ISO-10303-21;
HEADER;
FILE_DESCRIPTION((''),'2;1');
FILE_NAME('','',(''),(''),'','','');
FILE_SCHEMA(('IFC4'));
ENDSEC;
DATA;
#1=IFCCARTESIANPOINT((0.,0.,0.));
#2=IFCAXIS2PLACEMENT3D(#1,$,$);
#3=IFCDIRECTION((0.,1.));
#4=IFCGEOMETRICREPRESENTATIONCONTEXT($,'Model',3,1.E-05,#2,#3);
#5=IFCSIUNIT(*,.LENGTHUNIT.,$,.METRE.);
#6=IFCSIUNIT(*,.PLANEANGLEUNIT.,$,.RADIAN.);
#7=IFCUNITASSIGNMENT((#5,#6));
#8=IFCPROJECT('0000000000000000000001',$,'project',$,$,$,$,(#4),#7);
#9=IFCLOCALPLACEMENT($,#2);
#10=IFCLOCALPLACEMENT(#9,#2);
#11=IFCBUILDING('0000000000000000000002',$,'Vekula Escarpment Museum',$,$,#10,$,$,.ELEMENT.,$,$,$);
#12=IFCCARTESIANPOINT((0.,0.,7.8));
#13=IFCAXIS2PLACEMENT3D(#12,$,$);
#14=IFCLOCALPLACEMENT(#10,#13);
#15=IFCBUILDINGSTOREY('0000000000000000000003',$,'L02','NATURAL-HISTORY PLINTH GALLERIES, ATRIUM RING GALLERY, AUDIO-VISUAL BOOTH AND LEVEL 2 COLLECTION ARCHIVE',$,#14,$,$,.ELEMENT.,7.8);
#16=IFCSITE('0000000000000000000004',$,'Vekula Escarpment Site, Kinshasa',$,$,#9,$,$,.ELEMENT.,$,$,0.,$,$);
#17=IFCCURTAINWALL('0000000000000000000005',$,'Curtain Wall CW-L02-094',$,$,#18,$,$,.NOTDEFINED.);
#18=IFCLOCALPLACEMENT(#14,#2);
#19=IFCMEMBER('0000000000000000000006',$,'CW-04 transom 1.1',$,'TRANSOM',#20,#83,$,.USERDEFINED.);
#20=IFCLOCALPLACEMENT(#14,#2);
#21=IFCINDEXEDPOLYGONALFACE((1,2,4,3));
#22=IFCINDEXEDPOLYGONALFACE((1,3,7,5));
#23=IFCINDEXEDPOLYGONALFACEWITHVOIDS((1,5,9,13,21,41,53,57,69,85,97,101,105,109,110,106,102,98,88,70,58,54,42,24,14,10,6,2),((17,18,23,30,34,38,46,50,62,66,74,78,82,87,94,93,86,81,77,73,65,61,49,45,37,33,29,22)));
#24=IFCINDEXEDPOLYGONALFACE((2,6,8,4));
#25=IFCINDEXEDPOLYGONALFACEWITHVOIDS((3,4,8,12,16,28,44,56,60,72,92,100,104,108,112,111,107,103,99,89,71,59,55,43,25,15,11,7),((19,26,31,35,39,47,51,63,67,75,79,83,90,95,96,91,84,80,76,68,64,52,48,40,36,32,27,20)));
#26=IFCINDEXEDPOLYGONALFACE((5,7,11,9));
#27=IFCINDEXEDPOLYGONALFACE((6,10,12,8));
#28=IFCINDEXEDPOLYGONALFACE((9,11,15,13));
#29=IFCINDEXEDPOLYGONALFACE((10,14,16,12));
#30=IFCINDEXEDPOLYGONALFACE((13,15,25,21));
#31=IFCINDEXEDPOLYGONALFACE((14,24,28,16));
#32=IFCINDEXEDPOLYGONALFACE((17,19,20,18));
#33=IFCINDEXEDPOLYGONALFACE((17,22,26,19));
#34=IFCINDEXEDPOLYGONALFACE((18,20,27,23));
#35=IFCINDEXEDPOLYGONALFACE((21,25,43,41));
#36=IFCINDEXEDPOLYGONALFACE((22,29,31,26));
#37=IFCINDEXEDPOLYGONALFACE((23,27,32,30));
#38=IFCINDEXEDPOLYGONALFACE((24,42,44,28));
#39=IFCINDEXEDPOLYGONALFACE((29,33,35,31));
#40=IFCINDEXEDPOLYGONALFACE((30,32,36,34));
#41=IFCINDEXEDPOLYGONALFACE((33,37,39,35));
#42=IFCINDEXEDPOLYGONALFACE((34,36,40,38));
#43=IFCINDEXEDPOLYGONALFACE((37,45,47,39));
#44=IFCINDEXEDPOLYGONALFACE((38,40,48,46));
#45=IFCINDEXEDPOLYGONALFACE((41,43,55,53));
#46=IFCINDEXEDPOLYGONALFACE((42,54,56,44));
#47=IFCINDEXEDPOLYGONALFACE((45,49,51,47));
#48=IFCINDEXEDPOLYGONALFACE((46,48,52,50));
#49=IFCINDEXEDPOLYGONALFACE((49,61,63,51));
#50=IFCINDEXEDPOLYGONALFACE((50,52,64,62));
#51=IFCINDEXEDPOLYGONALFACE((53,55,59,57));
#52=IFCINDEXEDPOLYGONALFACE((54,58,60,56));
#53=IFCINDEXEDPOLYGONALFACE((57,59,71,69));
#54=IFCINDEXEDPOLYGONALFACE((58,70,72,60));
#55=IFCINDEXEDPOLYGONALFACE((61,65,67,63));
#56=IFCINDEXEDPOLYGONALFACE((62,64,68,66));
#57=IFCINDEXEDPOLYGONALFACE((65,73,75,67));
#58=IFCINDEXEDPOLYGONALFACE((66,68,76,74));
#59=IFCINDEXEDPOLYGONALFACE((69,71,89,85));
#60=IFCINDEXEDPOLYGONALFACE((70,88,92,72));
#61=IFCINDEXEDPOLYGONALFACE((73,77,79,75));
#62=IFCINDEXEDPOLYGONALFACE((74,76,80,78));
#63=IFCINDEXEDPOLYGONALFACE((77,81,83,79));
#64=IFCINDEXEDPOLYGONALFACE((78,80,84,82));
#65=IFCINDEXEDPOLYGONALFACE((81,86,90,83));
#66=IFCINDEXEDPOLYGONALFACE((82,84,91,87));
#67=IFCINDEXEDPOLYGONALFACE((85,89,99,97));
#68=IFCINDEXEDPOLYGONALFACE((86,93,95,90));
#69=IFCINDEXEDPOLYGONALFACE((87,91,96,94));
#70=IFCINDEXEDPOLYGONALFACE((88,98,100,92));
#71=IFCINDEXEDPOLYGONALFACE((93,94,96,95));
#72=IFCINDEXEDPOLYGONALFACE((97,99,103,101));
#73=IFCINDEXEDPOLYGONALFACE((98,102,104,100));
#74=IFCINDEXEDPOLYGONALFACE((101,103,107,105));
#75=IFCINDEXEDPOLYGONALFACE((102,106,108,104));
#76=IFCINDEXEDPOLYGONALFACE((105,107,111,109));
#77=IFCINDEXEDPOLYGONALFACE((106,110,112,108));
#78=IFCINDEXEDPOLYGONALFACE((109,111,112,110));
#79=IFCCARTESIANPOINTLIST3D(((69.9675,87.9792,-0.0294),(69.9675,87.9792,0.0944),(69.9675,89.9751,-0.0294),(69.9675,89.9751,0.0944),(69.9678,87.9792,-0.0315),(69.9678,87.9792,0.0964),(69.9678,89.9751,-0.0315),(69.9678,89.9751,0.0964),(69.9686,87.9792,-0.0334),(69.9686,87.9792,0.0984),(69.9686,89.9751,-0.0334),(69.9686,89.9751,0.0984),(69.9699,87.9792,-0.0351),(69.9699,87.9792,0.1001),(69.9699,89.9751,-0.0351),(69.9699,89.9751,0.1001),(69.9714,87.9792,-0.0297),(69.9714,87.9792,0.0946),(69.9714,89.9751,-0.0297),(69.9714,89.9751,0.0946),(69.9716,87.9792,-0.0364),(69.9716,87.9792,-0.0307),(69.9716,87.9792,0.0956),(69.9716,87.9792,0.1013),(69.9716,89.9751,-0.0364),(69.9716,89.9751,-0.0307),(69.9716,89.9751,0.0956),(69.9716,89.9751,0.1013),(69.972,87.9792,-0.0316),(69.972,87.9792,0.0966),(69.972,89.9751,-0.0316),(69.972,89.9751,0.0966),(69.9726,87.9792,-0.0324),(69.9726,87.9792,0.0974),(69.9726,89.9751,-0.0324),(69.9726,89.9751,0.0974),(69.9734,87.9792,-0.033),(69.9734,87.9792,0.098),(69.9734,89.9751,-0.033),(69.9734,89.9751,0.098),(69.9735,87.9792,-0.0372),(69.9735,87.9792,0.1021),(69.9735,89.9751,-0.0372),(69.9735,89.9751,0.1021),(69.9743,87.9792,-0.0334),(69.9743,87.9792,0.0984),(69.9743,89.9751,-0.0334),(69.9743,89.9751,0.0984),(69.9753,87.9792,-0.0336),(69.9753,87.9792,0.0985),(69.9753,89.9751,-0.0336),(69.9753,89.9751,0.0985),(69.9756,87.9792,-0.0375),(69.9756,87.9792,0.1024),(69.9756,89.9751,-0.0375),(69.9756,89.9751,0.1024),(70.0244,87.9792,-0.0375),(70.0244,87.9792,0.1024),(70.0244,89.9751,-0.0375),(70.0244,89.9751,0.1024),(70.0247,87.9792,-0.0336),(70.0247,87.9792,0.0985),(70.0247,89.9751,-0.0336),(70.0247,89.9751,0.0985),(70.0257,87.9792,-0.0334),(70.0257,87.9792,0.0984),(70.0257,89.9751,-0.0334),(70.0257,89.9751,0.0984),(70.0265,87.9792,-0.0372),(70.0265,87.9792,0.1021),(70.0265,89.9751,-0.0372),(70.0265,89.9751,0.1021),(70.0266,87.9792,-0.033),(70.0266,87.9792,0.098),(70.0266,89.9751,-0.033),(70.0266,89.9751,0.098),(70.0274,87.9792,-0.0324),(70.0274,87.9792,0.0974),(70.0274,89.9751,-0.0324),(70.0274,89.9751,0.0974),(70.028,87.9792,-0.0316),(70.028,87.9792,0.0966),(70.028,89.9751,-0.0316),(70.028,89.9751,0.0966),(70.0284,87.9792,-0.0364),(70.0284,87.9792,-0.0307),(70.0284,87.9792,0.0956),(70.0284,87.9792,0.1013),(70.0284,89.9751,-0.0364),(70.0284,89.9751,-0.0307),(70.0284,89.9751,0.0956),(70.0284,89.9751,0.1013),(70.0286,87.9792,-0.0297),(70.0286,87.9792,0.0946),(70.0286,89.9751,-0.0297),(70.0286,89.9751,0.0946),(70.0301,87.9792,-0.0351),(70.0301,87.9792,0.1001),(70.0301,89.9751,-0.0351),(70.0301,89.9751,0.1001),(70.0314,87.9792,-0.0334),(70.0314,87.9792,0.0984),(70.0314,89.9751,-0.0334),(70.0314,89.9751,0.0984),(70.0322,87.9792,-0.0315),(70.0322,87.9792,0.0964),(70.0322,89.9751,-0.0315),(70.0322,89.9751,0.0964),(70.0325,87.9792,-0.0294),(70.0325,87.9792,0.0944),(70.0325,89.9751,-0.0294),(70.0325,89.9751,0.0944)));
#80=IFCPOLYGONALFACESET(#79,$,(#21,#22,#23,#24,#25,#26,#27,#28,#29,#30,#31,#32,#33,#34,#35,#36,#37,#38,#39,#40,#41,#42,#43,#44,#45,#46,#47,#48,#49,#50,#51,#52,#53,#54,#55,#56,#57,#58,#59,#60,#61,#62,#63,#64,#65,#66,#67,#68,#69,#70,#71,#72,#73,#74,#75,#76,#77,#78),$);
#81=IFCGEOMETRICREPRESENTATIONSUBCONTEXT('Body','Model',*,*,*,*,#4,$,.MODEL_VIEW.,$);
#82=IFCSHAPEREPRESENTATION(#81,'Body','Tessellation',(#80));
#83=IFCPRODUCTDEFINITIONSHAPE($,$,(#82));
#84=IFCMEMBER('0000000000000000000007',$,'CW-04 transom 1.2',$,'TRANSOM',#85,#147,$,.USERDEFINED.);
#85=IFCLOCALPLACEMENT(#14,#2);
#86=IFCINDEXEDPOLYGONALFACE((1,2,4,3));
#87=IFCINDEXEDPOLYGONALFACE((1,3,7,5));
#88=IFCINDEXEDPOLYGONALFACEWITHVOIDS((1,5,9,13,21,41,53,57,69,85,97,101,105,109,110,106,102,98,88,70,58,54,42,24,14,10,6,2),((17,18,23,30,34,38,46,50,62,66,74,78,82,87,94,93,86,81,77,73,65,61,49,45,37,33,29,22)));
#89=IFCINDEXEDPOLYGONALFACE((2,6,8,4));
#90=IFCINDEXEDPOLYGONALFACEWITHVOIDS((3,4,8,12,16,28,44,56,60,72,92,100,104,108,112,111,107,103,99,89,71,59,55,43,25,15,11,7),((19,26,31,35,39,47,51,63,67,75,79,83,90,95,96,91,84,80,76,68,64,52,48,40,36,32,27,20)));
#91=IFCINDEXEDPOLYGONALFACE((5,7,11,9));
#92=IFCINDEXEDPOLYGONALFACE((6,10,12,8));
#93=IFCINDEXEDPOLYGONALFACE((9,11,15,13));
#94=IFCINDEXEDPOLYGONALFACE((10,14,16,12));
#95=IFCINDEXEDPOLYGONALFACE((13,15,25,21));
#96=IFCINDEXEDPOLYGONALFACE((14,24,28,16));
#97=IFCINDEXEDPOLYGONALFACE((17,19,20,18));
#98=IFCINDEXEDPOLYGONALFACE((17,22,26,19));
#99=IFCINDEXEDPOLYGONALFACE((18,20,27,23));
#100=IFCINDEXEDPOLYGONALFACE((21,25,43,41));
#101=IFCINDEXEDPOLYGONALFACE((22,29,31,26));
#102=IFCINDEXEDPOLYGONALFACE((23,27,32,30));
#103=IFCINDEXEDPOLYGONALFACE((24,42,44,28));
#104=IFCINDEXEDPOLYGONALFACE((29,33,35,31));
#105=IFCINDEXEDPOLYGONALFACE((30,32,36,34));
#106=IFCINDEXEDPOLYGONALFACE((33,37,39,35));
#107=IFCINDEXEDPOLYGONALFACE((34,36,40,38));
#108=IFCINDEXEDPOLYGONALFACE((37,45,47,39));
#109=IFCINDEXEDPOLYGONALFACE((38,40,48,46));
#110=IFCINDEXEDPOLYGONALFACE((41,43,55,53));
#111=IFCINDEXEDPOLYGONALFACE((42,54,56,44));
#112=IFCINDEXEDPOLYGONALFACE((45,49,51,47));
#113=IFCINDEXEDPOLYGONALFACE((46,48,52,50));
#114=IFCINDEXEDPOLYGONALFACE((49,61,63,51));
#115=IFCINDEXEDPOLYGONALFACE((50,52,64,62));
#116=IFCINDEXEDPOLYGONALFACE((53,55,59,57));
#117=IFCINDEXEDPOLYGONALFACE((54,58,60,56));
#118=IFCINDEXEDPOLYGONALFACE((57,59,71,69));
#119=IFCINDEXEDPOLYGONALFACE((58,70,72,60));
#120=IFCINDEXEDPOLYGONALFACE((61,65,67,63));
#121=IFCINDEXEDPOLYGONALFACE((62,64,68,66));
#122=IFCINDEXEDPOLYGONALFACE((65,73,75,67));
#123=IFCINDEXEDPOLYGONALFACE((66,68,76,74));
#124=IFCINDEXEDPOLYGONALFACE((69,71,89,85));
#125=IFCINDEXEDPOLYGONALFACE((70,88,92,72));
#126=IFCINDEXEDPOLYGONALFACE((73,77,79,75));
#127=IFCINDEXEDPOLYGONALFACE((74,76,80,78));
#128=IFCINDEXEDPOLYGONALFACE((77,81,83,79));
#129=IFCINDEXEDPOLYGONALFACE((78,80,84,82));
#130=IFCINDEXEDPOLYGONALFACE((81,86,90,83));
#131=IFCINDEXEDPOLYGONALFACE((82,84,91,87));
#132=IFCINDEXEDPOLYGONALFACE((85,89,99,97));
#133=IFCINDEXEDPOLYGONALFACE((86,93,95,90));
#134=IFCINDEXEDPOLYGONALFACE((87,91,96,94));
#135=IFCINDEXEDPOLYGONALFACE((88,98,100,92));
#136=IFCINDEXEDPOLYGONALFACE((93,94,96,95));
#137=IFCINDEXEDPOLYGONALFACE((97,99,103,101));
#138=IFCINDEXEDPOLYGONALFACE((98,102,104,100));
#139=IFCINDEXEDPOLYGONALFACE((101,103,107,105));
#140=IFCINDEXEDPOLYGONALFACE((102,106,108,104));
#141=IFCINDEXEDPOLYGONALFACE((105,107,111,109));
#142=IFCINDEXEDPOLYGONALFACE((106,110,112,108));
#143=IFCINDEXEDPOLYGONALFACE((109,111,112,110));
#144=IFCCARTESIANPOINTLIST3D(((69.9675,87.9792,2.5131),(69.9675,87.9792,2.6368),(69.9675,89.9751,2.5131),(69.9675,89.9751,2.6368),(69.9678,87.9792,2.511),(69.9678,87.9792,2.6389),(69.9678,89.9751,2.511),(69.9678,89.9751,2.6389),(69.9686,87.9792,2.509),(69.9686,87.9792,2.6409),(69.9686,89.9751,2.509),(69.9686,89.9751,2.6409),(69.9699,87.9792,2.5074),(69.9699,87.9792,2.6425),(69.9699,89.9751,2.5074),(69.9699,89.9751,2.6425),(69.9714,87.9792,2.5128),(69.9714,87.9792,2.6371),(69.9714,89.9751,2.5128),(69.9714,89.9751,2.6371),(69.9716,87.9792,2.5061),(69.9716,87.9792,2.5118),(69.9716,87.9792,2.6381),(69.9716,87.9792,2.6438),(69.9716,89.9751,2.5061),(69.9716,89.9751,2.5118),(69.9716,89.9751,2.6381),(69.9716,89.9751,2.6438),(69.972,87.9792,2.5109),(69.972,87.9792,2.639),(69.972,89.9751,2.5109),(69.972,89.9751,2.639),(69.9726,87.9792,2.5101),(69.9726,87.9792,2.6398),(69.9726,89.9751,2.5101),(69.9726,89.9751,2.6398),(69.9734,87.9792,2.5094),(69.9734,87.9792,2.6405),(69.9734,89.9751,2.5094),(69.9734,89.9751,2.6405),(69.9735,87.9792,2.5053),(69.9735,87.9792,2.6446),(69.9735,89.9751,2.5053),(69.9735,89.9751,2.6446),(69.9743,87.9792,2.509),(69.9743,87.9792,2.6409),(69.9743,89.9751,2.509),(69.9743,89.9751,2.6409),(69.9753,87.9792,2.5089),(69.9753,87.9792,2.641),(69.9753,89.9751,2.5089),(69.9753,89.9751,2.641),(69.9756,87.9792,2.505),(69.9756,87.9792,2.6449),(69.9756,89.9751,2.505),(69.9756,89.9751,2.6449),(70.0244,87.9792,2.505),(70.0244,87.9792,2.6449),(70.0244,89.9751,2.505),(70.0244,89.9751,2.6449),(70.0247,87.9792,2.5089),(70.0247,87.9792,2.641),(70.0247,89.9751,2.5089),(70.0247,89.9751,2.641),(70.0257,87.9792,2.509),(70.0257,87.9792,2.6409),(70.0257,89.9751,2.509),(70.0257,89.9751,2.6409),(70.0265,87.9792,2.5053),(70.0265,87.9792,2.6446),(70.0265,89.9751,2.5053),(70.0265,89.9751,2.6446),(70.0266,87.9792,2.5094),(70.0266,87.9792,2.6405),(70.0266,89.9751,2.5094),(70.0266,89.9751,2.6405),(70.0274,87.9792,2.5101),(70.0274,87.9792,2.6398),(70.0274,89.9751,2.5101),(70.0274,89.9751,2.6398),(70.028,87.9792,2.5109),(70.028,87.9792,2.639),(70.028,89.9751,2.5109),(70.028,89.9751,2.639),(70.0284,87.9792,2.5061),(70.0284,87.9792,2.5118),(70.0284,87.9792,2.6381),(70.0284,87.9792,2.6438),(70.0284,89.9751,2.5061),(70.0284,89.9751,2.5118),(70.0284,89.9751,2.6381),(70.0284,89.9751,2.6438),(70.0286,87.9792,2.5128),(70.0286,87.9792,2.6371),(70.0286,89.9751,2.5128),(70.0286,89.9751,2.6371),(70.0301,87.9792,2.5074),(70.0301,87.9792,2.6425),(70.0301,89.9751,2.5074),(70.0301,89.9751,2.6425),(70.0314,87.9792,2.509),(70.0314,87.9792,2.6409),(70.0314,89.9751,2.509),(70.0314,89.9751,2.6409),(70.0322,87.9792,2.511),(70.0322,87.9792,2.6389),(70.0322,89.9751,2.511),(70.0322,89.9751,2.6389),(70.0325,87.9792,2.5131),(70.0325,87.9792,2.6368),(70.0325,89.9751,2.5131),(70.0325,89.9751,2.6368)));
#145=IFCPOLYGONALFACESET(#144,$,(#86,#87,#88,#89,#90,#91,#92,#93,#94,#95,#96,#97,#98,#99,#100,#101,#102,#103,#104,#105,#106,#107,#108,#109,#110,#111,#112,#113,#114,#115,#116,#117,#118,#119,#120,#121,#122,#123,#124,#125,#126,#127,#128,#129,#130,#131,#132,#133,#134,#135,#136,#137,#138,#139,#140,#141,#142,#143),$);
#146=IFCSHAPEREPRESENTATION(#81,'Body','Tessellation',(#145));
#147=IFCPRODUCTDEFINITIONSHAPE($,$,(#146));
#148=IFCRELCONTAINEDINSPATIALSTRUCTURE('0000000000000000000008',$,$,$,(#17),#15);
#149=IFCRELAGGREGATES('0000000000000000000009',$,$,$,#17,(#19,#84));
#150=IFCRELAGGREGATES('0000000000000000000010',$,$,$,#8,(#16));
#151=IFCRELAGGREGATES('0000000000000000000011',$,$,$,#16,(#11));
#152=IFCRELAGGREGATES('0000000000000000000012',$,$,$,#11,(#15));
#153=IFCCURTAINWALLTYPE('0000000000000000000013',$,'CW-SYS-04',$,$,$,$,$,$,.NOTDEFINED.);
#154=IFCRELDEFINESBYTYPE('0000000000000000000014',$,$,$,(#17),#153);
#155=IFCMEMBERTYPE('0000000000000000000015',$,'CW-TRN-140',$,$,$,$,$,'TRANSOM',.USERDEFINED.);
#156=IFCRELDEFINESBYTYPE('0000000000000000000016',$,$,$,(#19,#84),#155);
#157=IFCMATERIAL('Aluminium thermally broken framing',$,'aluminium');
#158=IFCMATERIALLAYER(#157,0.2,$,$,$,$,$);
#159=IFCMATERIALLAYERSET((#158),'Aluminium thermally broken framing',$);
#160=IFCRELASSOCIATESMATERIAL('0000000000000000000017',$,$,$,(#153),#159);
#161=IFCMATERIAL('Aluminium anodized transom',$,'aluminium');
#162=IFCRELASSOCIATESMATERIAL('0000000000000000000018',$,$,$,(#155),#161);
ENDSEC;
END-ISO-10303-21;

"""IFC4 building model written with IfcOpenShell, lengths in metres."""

from ifc_helpers import new_model, si_unit, direction, frame, origin, origin_2d, place, context, subcontext, project, spatial, hollow_rectangle, extrude, material, layer, layer_set, material_profile, profile_set, type_object, element, aggregate, save


model = new_model("IFC4")

# Units and contexts
model_context = context("Model", 3, precision=1e-05, world=origin(), true_north=direction((0.0, 1.0)))
body_context = subcontext(model_context, "Body", "Model", "MODEL_VIEW")
ifc_project = project(units=[si_unit("LENGTHUNIT", "METRE"), si_unit("PLANEANGLEUNIT", "RADIAN")], contexts=[model_context])

# Site, building, storey
site_placement = place(None, origin())
site = spatial("IfcSite", under=ifc_project, at=site_placement, Name="Vekula Escarpment Site, Kinshasa", CompositionType="ELEMENT", RefElevation=0.0)
building_placement = place(site_placement, origin())
building = spatial("IfcBuilding", under=site, at=building_placement, Name="Vekula Escarpment Museum", CompositionType="ELEMENT")
storey_placement = place(building_placement, frame((0.0, 0.0, 7.8)))
storey = spatial("IfcBuildingStorey", under=building, at=storey_placement, Name="L02", Description="NATURAL-HISTORY PLINTH GALLERIES, ATRIUM RING GALLERY, AUDIO-VISUAL BOOTH AND LEVEL 2 COLLECTION ARCHIVE", CompositionType="ELEMENT", Elevation=7.8)

# Curtain wall
ifc_material_1 = material(Name="Aluminium thermally broken framing", Category="aluminium")
ifc_layer_1 = layer(ifc_material_1, 0.2)
ifc_layer_set_1 = layer_set([ifc_layer_1], Name="Aluminium thermally broken framing")
curtain_wall_type_1 = type_object("IfcCurtainWallType", Name="CW-SYS-04", PredefinedType="NOTDEFINED", material=ifc_layer_set_1)
curtain_wall_1_placement = place(storey_placement, origin())
curtain_wall_1 = element("IfcCurtainWall", 1, at=curtain_wall_1_placement, inside=storey, type_object=curtain_wall_type_1, Name="Curtain Wall CW-L02-094", PredefinedType="NOTDEFINED")

# Members
ifc_material_2 = material(Name="Aluminium anodized transom", Category="aluminium")
ifc_material_profile_1 = material_profile(ifc_material_2, hollow_rectangle(XDim=0.0649, YDim=0.1399, WallThickness=0.0039, InnerFilletRadius=0.0039, OuterFilletRadius=0.0081, at=origin_2d()), Name="ALU 140x65x4")
ifc_profile_set_1 = profile_set([ifc_material_profile_1], Name="Aluminium anodized transom")
member_type_1 = type_object("IfcMemberType", Name="CW-TRN-140", ElementType="TRANSOM", PredefinedType="USERDEFINED", material=ifc_profile_set_1)
member_1_placement = place(storey_placement, frame((70.0, 89.9751, 0.0325), z_axis=(0.0, -1.0, 0.0), x_axis=(1.0, 0.0, 0.0)))
member_1 = element("IfcMember", 2, at=member_1_placement, type_object=member_type_1, Name="CW-04 transom 1.1", ObjectType="TRANSOM", PredefinedType="USERDEFINED", context=body_context, shape_type="SweptSolid", body=[
    extrude(hollow_rectangle(XDim=0.0649, YDim=0.1399, WallThickness=0.0039, InnerFilletRadius=0.0039, OuterFilletRadius=0.0081, at=origin_2d()), origin(), (0.0, 0.0, 1.0), 1.9958),
])
member_2_placement = place(storey_placement, frame((70.0, 89.9751, 2.575), z_axis=(0.0, -1.0, 0.0), x_axis=(1.0, 0.0, 0.0)))
member_2 = element("IfcMember", 3, at=member_2_placement, type_object=member_type_1, Name="CW-04 transom 1.2", ObjectType="TRANSOM", PredefinedType="USERDEFINED", context=body_context, shape_type="SweptSolid", body=[
    extrude(hollow_rectangle(XDim=0.0649, YDim=0.1399, WallThickness=0.0039, InnerFilletRadius=0.0039, OuterFilletRadius=0.0081, at=origin_2d()), origin(), (0.0, 0.0, 1.0), 1.9958),
])

aggregate(curtain_wall_1, [member_1, member_2])

save(model, "model.ifc")
